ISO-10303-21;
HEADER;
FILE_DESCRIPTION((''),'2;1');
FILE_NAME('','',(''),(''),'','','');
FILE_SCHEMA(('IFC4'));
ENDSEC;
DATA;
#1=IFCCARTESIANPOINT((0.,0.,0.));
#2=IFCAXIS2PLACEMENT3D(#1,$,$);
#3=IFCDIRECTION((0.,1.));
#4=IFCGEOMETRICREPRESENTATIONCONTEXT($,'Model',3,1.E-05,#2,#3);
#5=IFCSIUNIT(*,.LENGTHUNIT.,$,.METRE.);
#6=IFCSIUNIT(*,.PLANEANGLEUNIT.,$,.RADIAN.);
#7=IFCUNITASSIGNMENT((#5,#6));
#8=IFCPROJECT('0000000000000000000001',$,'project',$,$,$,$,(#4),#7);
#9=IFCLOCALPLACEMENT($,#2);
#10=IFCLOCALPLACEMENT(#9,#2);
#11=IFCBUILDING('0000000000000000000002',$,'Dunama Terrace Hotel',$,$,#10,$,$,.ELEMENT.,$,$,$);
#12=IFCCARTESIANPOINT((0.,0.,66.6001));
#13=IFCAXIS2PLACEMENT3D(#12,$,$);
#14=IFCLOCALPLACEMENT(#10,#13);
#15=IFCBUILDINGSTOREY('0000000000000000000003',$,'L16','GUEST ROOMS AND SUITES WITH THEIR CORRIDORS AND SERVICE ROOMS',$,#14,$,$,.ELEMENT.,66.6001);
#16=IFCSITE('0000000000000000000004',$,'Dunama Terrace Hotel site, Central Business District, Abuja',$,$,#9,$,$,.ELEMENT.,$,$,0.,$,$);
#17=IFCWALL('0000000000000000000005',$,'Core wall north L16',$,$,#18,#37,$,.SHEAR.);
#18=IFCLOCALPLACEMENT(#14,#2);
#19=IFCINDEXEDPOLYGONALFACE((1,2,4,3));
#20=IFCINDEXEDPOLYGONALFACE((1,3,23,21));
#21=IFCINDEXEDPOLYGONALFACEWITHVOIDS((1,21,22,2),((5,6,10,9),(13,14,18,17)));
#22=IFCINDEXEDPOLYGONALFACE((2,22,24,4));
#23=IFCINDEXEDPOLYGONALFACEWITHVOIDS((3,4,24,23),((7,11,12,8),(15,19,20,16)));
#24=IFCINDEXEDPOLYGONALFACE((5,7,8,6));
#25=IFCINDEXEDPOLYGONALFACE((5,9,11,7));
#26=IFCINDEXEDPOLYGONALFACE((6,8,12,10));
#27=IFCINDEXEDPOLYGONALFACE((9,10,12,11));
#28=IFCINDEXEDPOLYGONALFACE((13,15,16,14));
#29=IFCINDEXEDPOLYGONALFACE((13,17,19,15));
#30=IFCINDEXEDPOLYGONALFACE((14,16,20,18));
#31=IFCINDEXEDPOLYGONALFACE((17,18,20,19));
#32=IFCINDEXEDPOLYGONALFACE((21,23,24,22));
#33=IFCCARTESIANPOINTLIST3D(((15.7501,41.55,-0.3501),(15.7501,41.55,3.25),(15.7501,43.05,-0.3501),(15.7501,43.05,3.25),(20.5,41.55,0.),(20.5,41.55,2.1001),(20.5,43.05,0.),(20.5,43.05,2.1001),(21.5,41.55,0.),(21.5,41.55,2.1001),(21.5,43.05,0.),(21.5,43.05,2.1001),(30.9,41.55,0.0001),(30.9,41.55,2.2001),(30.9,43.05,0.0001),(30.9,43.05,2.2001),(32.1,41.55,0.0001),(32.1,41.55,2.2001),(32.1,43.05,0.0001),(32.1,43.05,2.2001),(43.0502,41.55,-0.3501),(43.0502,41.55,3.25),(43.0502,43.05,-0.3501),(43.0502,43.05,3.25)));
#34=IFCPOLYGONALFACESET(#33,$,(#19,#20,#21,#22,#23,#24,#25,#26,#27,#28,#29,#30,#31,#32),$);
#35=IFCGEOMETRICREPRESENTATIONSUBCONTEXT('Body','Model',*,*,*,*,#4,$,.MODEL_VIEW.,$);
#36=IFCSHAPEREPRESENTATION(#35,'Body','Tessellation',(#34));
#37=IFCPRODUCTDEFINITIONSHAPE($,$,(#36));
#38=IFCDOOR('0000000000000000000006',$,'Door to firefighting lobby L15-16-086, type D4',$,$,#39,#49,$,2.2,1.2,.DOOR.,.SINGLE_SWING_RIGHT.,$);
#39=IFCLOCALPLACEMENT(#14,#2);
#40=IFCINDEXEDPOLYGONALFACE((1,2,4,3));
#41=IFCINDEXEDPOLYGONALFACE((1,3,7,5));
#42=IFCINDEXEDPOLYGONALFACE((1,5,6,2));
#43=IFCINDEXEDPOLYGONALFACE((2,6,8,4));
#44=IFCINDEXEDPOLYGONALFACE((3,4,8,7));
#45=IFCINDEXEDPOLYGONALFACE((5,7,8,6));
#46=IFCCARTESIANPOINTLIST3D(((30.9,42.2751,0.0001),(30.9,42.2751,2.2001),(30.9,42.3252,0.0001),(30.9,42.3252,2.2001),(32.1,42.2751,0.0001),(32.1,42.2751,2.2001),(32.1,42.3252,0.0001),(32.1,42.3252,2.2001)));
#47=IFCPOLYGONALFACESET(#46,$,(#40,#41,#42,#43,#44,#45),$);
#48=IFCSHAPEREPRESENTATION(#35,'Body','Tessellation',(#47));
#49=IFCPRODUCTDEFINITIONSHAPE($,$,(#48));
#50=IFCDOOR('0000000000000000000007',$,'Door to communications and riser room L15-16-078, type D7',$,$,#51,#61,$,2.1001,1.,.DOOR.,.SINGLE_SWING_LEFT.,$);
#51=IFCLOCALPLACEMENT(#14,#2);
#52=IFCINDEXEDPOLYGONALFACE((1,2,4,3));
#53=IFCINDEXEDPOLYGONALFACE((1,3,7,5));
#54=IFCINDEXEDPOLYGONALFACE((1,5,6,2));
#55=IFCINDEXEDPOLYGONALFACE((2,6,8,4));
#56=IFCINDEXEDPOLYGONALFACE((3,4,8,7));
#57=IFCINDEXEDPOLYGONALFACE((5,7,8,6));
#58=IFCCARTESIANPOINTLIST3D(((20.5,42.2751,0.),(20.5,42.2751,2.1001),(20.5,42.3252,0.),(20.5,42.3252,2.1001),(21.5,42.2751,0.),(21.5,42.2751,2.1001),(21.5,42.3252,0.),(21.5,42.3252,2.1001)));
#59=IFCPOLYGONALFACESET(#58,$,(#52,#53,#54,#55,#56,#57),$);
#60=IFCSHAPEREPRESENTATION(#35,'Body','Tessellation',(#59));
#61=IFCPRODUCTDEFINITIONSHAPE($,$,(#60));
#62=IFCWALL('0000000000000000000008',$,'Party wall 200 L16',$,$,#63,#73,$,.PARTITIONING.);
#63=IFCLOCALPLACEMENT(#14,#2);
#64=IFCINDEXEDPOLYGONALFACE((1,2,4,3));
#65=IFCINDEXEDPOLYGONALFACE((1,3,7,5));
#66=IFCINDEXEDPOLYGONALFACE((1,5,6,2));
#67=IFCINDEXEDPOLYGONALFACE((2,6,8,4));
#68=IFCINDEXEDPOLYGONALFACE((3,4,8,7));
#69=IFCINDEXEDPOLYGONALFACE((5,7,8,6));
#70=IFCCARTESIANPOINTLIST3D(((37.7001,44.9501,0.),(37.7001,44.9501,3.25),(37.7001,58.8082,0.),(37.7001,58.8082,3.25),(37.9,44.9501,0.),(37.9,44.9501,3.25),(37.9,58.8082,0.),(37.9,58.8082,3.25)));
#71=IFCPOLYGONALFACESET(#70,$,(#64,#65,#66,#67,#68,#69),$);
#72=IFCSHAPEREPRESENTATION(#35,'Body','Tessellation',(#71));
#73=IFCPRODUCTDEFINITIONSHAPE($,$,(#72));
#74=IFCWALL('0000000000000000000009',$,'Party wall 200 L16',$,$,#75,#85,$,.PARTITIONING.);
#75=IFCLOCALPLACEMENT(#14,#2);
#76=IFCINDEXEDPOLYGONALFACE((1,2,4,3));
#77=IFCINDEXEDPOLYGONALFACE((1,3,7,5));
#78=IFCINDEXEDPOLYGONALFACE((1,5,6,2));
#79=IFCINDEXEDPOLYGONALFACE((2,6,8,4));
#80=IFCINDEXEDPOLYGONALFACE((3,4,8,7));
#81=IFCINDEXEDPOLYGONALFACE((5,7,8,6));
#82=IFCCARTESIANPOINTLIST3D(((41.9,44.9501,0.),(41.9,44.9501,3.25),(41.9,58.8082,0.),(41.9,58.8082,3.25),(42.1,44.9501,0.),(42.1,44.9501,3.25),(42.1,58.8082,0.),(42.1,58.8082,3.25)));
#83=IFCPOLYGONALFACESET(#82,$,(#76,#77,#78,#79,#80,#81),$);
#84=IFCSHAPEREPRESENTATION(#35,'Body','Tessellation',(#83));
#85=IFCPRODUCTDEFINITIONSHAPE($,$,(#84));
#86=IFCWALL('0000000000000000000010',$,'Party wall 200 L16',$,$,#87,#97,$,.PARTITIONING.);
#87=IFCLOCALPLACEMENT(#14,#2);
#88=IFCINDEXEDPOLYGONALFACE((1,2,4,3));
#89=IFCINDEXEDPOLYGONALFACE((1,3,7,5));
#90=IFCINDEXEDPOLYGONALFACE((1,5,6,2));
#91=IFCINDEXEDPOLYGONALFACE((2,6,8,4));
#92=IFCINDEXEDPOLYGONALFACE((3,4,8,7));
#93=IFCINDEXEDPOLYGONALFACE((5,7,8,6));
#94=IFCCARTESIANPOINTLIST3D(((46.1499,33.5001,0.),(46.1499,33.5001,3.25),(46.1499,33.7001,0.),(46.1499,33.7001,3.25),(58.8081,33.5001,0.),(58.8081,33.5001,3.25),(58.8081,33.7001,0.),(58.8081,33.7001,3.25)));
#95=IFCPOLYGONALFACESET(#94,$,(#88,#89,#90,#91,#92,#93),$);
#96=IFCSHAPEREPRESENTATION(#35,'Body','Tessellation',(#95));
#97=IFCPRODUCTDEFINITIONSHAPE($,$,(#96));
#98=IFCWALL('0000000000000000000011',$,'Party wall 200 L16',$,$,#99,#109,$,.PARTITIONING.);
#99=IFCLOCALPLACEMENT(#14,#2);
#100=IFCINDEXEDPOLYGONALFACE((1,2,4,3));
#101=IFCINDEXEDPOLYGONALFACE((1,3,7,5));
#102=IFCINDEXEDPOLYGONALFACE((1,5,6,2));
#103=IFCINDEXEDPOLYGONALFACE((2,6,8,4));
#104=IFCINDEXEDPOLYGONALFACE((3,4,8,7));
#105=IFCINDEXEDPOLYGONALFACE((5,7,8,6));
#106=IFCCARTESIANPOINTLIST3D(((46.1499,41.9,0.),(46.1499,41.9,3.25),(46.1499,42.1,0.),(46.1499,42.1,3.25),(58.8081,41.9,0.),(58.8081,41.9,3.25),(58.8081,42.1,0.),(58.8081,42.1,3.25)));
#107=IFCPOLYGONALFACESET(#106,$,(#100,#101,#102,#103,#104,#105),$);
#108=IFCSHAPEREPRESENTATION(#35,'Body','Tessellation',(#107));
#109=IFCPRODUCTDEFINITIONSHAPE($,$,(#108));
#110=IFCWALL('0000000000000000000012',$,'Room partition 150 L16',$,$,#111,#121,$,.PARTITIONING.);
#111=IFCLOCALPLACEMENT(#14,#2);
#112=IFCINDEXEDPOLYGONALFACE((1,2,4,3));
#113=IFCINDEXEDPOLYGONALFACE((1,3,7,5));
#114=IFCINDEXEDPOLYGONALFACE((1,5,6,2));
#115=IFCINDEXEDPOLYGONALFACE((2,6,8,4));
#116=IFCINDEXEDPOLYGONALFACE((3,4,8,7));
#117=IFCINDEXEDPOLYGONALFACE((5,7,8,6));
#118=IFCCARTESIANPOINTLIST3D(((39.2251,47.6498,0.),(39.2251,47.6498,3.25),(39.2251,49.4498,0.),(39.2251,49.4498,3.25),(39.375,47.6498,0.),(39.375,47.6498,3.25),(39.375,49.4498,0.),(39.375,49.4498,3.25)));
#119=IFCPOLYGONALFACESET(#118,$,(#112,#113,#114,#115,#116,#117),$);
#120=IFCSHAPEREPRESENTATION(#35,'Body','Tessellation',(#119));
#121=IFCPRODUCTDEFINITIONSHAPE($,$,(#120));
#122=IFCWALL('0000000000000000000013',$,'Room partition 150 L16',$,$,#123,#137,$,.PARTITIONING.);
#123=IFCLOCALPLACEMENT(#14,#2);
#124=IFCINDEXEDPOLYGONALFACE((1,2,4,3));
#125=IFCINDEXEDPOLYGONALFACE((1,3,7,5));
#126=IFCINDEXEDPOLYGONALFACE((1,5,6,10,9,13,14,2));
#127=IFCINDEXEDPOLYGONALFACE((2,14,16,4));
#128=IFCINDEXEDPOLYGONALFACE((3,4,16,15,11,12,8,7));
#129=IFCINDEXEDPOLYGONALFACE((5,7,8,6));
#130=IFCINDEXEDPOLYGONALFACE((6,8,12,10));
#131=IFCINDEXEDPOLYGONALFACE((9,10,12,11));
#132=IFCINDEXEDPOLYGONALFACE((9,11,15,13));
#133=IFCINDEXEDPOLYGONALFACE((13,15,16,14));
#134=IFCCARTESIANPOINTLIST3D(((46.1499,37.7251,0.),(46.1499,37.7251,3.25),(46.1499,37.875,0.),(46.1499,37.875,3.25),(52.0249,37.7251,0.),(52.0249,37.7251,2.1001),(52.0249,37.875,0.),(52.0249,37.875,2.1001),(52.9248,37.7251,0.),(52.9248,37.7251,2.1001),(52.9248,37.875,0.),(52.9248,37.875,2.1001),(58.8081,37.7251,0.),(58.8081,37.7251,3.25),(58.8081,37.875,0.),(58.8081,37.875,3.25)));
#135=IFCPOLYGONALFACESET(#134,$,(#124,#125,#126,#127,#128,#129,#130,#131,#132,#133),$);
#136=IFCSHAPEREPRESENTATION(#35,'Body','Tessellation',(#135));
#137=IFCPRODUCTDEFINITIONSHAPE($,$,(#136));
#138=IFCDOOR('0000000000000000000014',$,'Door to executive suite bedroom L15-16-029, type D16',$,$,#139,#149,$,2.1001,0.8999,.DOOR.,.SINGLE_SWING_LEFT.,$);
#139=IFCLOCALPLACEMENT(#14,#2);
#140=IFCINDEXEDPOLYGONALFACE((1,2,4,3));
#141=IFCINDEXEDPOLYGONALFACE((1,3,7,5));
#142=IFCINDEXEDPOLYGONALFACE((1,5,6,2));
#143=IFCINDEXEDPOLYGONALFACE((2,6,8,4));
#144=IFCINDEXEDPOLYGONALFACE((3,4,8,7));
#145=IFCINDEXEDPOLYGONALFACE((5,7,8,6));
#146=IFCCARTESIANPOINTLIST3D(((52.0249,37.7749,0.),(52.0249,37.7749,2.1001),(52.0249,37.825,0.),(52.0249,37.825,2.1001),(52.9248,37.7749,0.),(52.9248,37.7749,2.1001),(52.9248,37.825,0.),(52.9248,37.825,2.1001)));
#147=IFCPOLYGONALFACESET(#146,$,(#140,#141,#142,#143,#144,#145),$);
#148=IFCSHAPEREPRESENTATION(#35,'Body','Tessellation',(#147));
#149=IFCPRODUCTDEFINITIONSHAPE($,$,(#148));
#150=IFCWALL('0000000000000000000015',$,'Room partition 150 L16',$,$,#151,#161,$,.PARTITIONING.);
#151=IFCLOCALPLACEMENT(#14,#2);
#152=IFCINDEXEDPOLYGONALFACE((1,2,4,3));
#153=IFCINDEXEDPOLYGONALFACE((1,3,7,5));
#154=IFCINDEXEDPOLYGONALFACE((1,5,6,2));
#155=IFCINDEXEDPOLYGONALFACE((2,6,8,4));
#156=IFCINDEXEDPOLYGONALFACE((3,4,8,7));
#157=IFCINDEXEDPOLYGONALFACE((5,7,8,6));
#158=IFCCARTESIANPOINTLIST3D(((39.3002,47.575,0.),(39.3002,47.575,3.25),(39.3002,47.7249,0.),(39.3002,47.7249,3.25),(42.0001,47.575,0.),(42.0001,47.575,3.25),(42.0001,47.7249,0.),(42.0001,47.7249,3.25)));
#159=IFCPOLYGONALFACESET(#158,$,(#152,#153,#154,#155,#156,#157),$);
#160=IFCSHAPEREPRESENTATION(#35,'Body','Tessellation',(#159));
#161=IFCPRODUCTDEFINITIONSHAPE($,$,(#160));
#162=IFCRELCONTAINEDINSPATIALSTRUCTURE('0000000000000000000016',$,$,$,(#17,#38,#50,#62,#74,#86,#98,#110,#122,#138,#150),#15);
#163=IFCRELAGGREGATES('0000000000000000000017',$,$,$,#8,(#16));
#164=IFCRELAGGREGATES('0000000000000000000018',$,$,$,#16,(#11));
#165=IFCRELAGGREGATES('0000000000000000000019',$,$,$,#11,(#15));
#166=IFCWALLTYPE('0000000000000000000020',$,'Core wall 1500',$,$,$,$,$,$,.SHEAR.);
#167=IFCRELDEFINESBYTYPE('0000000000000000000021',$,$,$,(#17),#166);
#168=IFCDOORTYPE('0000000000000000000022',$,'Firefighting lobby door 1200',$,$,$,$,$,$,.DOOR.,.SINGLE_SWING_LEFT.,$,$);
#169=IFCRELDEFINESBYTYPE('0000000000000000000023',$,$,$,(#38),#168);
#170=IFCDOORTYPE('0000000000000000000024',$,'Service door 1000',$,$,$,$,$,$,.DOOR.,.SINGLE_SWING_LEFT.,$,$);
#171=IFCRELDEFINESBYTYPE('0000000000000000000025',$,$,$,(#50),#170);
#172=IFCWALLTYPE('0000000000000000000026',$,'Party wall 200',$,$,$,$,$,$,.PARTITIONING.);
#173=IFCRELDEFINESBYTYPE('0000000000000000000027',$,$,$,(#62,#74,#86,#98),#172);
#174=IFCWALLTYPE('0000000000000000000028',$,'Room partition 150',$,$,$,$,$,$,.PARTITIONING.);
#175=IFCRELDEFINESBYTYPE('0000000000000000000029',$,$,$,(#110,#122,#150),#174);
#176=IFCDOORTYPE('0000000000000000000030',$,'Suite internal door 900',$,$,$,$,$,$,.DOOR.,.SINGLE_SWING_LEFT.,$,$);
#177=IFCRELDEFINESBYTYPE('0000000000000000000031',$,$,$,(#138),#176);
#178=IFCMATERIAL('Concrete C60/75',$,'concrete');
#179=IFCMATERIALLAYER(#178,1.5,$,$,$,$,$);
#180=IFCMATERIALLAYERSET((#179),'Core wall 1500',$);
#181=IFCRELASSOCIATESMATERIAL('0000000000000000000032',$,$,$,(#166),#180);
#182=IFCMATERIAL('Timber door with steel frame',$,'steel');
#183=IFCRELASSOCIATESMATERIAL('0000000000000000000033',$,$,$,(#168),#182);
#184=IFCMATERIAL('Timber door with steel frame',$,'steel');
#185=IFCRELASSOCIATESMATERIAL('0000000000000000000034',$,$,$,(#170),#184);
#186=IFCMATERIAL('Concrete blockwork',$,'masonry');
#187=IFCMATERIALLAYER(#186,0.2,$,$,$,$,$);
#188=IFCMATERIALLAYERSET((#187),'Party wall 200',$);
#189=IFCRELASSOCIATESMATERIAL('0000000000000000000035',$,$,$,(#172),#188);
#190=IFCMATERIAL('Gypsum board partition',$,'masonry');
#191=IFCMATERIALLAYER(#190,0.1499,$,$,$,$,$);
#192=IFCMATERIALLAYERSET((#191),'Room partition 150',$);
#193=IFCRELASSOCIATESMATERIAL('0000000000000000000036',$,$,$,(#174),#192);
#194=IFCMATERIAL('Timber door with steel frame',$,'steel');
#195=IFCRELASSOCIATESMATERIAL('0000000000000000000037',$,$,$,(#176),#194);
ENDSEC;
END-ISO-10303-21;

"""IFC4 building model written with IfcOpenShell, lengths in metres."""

from ifc_helpers import new_model, si_unit, direction, frame, frame_2d, origin, place, context, subcontext, project, spatial, rectangle, extrude, material, layer, layer_set, type_object, element, fill, save


model = new_model("IFC4")

# Units and contexts
model_context = context("Model", 3, precision=1e-05, world=origin(), true_north=direction((0.0, 1.0)))
body_context = subcontext(model_context, "Body", "Model", "MODEL_VIEW")
ifc_project = project(units=[si_unit("LENGTHUNIT", "METRE"), si_unit("PLANEANGLEUNIT", "RADIAN")], contexts=[model_context])

# Site, building, storey
site_placement = place(None, origin())
site = spatial("IfcSite", under=ifc_project, at=site_placement, Name="Dunama Terrace Hotel site, Central Business District, Abuja", CompositionType="ELEMENT", RefElevation=0.0)
building_placement = place(site_placement, origin())
building = spatial("IfcBuilding", under=site, at=building_placement, Name="Dunama Terrace Hotel", CompositionType="ELEMENT")
storey_placement = place(building_placement, frame((0.0, 0.0, 66.6001)))
storey = spatial("IfcBuildingStorey", under=building, at=storey_placement, Name="L16", Description="GUEST ROOMS AND SUITES WITH THEIR CORRIDORS AND SERVICE ROOMS", CompositionType="ELEMENT", Elevation=66.6001)

# Wall, openings, doors
ifc_material_1 = material(Name="Concrete C60/75", Category="concrete")
ifc_layer_1 = layer(ifc_material_1, 1.5)
ifc_layer_set_1 = layer_set([ifc_layer_1], Name="Core wall 1500")
wall_type_1 = type_object("IfcWallType", Name="Core wall 1500", PredefinedType="SHEAR", material=ifc_layer_set_1)
wall_1_placement = place(storey_placement, frame((43.05, 42.3, -0.3501), z_axis=(0.0, 0.0, 1.0), x_axis=(-1.0, 0.0, 0.0)))
wall_1 = element("IfcWall", 1, at=wall_1_placement, inside=storey, type_object=wall_type_1, Name="Core wall north L16", PredefinedType="SHEAR", context=body_context, shape_type="SweptSolid", body=[
    extrude(rectangle(XDim=27.3, YDim=1.5, at=frame_2d((13.6499, 0.0))), origin(), (0.0, 0.0, 1.0), 3.6001),
])
opening_1_placement = place(wall_1_placement, frame((21.55, 0.0, 0.3501)))
opening_1 = element("IfcOpeningElement", 2, at=opening_1_placement, cuts=wall_1, PredefinedType="OPENING", context=body_context, shape_type="SweptSolid", body=[
    extrude(rectangle(XDim=1.0, YDim=2.1001, at=frame_2d((0.5, 1.05))), frame((0.0, 0.76, 0.0), z_axis=(0.0, -1.0, 0.0), x_axis=(1.0, 0.0, 0.0)), (0.0, 0.0, 1.0), 1.52),
])
opening_2_placement = place(wall_1_placement, frame((10.95, 0.0, 0.3501)))
opening_2 = element("IfcOpeningElement", 3, at=opening_2_placement, cuts=wall_1, PredefinedType="OPENING", context=body_context, shape_type="SweptSolid", body=[
    extrude(rectangle(XDim=1.2, YDim=2.2, at=frame_2d((0.6001, 1.1001))), frame((0.0, 0.76, 0.0), z_axis=(0.0, -1.0, 0.0), x_axis=(1.0, 0.0, 0.0)), (0.0, 0.0, 1.0), 1.52),
])
ifc_material_2 = material(Name="Timber door with steel frame", Category="steel")
door_type_1 = type_object("IfcDoorType", Name="Firefighting lobby door 1200", OperationType="SINGLE_SWING_LEFT", PredefinedType="DOOR", material=ifc_material_2)
door_1_placement = place(opening_2_placement, origin())
door_1 = element("IfcDoor", 4, at=door_1_placement, inside=storey, type_object=door_type_1, Name="Door to firefighting lobby L15-16-086, type D4", OperationType="SINGLE_SWING_RIGHT", OverallHeight=2.2, OverallWidth=1.2, PredefinedType="DOOR", context=body_context, shape_type="SweptSolid", body=[
    extrude(rectangle(XDim=1.2, YDim=2.2, at=frame_2d((0.6001, 1.1001))), frame((0.0, 0.0249, 0.0), z_axis=(0.0, -1.0, 0.0), x_axis=(1.0, 0.0, 0.0)), (0.0, 0.0, 1.0), 0.05),
])
fill(opening_2, door_1)
ifc_material_3 = material(Name="Timber door with steel frame", Category="steel")
door_type_2 = type_object("IfcDoorType", Name="Service door 1000", OperationType="SINGLE_SWING_LEFT", PredefinedType="DOOR", material=ifc_material_3)
door_2_placement = place(opening_1_placement, origin())
door_2 = element("IfcDoor", 5, at=door_2_placement, inside=storey, type_object=door_type_2, Name="Door to communications and riser room L15-16-078, type D7", OperationType="SINGLE_SWING_LEFT", OverallHeight=2.1001, OverallWidth=1.0, PredefinedType="DOOR", context=body_context, shape_type="SweptSolid", body=[
    extrude(rectangle(XDim=1.0, YDim=2.1001, at=frame_2d((0.5, 1.05))), frame((0.0, 0.0249, 0.0), z_axis=(0.0, -1.0, 0.0), x_axis=(1.0, 0.0, 0.0)), (0.0, 0.0, 1.0), 0.05),
])
fill(opening_1, door_2)

# Walls
ifc_material_4 = material(Name="Concrete blockwork", Category="masonry")
ifc_layer_2 = layer(ifc_material_4, 0.2)
ifc_layer_set_2 = layer_set([ifc_layer_2], Name="Party wall 200")
wall_type_2 = type_object("IfcWallType", Name="Party wall 200", PredefinedType="PARTITIONING", material=ifc_layer_set_2)
for number, where, z_axis, x_axis, name in (
    (6, (37.8, 44.95, 0.0), (0.0, 0.0, 1.0), (0.0, 1.0, 0.0), "Party wall 200 L16"),
    (7, (42.0, 44.95, 0.0), (0.0, 0.0, 1.0), (0.0, 1.0, 0.0), "Party wall 200 L16"),
):
    element("IfcWall", number, at=place(storey_placement, frame(where, z_axis=z_axis, x_axis=x_axis)), inside=storey, type_object=wall_type_2, Name=name, PredefinedType="PARTITIONING", context=body_context, shape_type="SweptSolid", body=[
        extrude(rectangle(XDim=13.8582, YDim=0.2, at=frame_2d((6.9292, 0.0))), origin(), (0.0, 0.0, 1.0), 3.25),
    ])
for number, where, z_axis, x_axis, name in (
    (8, (46.1499, 33.6001, 0.0), (0.0, 0.0, 1.0), (1.0, 0.0, 0.0), "Party wall 200 L16"),
    (9, (46.1499, 42.0, 0.0), (0.0, 0.0, 1.0), (1.0, 0.0, 0.0), "Party wall 200 L16"),
):
    element("IfcWall", number, at=place(storey_placement, frame(where, z_axis=z_axis, x_axis=x_axis)), inside=storey, type_object=wall_type_2, Name=name, PredefinedType="PARTITIONING", context=body_context, shape_type="SweptSolid", body=[
        extrude(rectangle(XDim=12.6582, YDim=0.2, at=frame_2d((6.3291, 0.0))), origin(), (0.0, 0.0, 1.0), 3.25),
    ])
ifc_material_5 = material(Name="Gypsum board partition", Category="masonry")
ifc_layer_3 = layer(ifc_material_5, 0.1499)
ifc_layer_set_3 = layer_set([ifc_layer_3], Name="Room partition 150")
wall_type_3 = type_object("IfcWallType", Name="Room partition 150", PredefinedType="PARTITIONING", material=ifc_layer_set_3)
wall_2_placement = place(storey_placement, frame((39.3, 47.6499, 0.0), z_axis=(0.0, 0.0, 1.0), x_axis=(0.0, 1.0, 0.0)))
element("IfcWall", 10, at=wall_2_placement, inside=storey, type_object=wall_type_3, Name="Room partition 150 L16", PredefinedType="PARTITIONING", context=body_context, shape_type="SweptSolid", body=[
    extrude(rectangle(XDim=1.8, YDim=0.1499, at=frame_2d((0.8999, 0.0))), origin(), (0.0, 0.0, 1.0), 3.25),
])

# Wall, opening, door
wall_3_placement = place(storey_placement, frame((46.1499, 37.8, 0.0), z_axis=(0.0, 0.0, 1.0), x_axis=(1.0, 0.0, 0.0)))
wall_3 = element("IfcWall", 11, at=wall_3_placement, inside=storey, type_object=wall_type_3, Name="Room partition 150 L16", PredefinedType="PARTITIONING", context=body_context, shape_type="SweptSolid", body=[
    extrude(rectangle(XDim=12.6582, YDim=0.1499, at=frame_2d((6.3291, 0.0))), origin(), (0.0, 0.0, 1.0), 3.25),
])
opening_3_placement = place(wall_3_placement, frame((5.875, 0.0, 0.0)))
opening_3 = element("IfcOpeningElement", 12, at=opening_3_placement, cuts=wall_3, PredefinedType="OPENING", context=body_context, shape_type="SweptSolid", body=[
    extrude(rectangle(XDim=0.8999, YDim=2.1001, at=frame_2d((0.45, 1.05))), frame((0.0, 0.085, 0.0), z_axis=(0.0, -1.0, 0.0), x_axis=(1.0, 0.0, 0.0)), (0.0, 0.0, 1.0), 0.1699),
])
ifc_material_6 = material(Name="Timber door with steel frame", Category="steel")
door_type_3 = type_object("IfcDoorType", Name="Suite internal door 900", OperationType="SINGLE_SWING_LEFT", PredefinedType="DOOR", material=ifc_material_6)
door_3_placement = place(opening_3_placement, origin())
door_3 = element("IfcDoor", 13, at=door_3_placement, inside=storey, type_object=door_type_3, Name="Door to executive suite bedroom L15-16-029, type D16", OperationType="SINGLE_SWING_LEFT", OverallHeight=2.1001, OverallWidth=0.8999, PredefinedType="DOOR", context=body_context, shape_type="SweptSolid", body=[
    extrude(rectangle(XDim=0.8999, YDim=2.1001, at=frame_2d((0.45, 1.05))), frame((0.0, 0.0249, 0.0), z_axis=(0.0, -1.0, 0.0), x_axis=(1.0, 0.0, 0.0)), (0.0, 0.0, 1.0), 0.05),
])
fill(opening_3, door_3)

# Wall
wall_4_placement = place(storey_placement, frame((39.3, 47.6499, 0.0), z_axis=(0.0, 0.0, 1.0), x_axis=(1.0, 0.0, 0.0)))
element("IfcWall", 14, at=wall_4_placement, inside=storey, type_object=wall_type_3, Name="Room partition 150 L16", PredefinedType="PARTITIONING", context=body_context, shape_type="SweptSolid", body=[
    extrude(rectangle(XDim=2.7, YDim=0.1499, at=frame_2d((1.3501, 0.0))), origin(), (0.0, 0.0, 1.0), 3.25),
])

save(model, "model.ifc")
